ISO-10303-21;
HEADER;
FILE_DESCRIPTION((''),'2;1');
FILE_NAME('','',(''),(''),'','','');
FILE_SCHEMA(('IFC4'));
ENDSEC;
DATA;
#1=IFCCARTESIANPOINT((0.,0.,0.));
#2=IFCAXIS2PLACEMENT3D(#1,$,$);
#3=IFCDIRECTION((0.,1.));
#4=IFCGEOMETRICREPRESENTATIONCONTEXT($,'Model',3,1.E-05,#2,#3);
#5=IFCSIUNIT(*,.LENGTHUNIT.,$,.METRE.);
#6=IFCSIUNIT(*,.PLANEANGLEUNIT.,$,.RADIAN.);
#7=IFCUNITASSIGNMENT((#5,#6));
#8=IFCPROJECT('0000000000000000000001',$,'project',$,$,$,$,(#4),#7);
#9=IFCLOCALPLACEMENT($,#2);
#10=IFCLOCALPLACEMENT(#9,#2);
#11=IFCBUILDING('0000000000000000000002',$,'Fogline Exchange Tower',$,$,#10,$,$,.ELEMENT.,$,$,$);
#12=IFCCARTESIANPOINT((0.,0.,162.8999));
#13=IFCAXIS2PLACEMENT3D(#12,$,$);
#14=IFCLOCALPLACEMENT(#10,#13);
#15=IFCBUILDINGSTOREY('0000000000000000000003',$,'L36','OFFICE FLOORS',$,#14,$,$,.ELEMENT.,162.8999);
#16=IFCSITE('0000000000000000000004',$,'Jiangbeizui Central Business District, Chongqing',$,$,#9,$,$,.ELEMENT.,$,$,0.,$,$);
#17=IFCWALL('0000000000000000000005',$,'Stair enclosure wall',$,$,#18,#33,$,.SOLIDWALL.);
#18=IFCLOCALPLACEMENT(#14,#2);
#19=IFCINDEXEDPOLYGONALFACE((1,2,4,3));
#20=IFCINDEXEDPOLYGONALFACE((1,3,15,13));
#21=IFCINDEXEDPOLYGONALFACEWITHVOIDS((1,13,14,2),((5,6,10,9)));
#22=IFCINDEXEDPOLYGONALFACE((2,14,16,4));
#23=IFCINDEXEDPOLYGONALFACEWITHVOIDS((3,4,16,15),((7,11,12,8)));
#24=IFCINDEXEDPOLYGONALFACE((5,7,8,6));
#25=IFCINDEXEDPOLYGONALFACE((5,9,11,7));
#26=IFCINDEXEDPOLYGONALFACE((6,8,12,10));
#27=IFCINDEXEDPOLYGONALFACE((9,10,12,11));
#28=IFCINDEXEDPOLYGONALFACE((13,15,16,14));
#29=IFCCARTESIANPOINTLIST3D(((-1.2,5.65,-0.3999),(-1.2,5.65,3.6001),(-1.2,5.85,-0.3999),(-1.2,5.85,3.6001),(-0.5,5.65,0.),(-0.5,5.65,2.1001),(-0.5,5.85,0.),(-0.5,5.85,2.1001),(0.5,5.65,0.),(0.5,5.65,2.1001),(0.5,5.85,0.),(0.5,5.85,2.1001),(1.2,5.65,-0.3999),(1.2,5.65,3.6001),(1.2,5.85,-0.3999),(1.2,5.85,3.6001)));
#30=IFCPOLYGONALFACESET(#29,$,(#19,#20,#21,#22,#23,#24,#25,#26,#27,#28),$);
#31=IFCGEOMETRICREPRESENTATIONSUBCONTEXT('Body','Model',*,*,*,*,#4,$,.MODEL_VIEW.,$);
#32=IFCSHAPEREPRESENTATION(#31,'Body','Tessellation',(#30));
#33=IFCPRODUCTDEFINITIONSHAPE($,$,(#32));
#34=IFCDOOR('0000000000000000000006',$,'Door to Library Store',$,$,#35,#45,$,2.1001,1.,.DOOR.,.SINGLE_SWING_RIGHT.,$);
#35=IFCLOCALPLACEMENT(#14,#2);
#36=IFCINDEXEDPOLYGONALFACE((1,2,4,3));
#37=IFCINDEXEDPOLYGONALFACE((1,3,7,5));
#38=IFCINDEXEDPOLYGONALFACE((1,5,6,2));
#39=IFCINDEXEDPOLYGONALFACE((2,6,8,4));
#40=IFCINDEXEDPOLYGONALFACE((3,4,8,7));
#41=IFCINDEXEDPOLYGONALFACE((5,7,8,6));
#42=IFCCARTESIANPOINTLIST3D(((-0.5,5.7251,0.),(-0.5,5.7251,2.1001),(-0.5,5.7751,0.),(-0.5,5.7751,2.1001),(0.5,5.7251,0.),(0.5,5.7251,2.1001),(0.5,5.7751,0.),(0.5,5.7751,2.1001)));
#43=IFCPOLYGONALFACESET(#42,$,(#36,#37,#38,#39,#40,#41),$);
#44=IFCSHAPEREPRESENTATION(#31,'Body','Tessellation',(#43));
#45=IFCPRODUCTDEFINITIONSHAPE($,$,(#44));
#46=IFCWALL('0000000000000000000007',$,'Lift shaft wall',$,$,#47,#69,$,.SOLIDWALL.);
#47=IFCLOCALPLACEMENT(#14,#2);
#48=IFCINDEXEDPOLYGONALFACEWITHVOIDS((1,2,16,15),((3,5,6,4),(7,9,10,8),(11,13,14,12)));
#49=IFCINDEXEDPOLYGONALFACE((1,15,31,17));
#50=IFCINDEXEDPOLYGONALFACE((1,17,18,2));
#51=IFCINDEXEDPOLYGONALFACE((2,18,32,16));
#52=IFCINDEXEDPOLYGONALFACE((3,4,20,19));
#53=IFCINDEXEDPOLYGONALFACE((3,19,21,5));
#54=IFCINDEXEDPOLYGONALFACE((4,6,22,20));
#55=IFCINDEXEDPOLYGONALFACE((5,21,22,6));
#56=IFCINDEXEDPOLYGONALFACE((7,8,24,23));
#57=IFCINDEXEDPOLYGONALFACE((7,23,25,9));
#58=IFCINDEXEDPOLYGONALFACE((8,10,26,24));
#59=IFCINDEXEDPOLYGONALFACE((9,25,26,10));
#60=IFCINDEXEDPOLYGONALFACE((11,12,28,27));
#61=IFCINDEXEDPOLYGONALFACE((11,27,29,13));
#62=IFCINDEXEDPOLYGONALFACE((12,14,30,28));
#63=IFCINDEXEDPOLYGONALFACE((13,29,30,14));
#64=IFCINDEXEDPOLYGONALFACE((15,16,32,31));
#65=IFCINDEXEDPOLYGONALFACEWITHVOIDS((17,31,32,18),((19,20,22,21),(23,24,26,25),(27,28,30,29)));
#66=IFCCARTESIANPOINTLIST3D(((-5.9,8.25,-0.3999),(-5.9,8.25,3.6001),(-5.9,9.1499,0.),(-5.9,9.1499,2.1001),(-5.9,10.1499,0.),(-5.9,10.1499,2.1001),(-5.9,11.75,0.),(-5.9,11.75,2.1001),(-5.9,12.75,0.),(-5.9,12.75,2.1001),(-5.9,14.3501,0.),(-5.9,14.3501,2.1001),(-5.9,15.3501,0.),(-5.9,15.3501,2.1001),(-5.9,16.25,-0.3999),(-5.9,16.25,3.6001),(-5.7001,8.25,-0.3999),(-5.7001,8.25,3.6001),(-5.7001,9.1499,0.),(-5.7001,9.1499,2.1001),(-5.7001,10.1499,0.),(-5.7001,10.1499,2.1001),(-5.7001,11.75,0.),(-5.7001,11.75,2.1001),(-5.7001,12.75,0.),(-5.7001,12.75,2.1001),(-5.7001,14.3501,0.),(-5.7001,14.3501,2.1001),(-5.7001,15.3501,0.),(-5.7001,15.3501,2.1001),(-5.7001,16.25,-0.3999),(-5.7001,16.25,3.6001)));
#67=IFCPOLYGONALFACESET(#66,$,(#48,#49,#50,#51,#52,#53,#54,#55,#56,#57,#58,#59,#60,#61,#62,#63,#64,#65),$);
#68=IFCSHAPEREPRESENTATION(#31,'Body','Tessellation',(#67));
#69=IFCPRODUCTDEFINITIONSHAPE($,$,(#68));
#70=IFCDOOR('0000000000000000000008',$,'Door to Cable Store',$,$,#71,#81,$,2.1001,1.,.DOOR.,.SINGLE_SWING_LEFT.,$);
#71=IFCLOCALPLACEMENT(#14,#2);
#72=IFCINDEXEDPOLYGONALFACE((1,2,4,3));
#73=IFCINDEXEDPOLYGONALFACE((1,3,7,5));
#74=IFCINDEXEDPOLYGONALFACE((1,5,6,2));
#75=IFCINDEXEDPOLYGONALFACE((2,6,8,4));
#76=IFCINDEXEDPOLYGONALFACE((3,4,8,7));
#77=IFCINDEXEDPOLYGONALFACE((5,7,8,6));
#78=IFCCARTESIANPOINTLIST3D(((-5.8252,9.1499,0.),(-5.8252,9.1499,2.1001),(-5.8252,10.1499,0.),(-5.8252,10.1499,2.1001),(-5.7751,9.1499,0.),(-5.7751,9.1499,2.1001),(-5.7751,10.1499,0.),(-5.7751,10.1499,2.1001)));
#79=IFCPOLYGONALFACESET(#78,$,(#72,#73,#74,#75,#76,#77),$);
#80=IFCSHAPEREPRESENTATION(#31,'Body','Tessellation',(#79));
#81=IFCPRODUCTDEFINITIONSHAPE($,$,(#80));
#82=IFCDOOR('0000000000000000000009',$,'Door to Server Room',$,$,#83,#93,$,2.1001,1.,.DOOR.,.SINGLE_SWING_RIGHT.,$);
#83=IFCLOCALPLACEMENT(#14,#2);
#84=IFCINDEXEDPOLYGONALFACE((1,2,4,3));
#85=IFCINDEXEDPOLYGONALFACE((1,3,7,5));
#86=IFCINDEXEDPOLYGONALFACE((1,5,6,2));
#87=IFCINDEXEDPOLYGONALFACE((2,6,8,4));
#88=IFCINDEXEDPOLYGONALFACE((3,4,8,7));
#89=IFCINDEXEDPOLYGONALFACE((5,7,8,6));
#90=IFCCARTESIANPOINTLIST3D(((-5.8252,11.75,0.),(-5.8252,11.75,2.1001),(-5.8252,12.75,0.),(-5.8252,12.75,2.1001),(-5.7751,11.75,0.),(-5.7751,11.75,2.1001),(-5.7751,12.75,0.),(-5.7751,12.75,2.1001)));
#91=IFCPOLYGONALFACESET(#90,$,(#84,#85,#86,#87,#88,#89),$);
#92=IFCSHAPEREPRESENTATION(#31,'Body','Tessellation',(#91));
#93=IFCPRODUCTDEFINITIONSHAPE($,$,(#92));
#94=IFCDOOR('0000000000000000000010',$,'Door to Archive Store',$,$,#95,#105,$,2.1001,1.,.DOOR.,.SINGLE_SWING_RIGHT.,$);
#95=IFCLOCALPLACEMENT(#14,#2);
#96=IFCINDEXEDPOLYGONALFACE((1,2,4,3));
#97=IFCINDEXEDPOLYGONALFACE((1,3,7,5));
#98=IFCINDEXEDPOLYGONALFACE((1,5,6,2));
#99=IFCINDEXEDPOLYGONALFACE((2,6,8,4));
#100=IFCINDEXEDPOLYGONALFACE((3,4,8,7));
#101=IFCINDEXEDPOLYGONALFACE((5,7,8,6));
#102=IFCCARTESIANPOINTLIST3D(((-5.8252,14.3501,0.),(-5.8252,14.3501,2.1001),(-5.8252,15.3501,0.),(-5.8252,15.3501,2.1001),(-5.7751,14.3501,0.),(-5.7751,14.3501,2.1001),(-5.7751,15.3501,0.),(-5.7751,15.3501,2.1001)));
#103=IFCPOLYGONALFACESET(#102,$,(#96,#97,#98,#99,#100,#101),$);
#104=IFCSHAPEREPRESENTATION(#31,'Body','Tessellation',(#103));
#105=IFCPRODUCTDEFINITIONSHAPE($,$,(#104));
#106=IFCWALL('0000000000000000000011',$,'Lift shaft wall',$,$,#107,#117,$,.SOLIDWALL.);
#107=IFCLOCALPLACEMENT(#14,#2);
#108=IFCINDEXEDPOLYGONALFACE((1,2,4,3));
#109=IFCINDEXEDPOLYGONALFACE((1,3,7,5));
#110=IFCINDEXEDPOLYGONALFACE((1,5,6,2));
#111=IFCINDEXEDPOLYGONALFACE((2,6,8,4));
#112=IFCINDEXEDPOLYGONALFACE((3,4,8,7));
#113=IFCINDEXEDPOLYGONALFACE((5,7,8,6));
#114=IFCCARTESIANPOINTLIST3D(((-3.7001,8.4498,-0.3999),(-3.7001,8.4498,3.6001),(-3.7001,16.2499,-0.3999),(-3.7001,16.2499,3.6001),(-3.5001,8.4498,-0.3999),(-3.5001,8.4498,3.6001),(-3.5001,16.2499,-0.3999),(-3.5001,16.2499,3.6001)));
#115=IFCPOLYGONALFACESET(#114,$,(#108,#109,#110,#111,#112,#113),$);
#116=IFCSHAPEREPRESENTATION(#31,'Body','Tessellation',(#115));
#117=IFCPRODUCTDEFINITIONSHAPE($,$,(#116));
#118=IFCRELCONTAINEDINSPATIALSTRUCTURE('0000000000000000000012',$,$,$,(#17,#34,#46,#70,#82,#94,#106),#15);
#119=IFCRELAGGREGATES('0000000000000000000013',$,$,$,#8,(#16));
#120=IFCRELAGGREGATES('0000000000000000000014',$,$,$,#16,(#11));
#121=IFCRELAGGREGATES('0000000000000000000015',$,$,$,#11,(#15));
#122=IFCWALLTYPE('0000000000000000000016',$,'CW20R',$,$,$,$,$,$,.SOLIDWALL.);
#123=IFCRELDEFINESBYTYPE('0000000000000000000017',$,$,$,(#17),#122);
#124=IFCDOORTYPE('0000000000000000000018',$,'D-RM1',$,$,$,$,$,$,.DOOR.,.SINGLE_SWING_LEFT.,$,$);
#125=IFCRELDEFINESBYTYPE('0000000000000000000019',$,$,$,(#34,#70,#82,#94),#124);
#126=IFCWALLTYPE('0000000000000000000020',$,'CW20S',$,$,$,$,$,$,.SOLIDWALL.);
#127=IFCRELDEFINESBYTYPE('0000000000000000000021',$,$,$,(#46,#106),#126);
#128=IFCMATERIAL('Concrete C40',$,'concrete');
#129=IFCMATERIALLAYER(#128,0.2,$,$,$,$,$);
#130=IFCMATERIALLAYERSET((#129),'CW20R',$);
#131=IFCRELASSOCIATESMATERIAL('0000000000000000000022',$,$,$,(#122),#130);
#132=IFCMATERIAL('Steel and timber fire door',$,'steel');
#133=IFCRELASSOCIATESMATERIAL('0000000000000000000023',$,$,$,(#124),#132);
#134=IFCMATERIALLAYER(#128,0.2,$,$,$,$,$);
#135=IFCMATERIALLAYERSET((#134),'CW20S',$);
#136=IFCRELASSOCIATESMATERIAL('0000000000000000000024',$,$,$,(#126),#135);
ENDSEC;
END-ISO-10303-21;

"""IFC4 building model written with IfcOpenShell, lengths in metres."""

from ifc_helpers import new_model, si_unit, direction, frame, frame_2d, origin, place, context, subcontext, project, spatial, rectangle, extrude, material, layer, layer_set, type_object, element, fill, save


model = new_model("IFC4")

# Units and contexts
model_context = context("Model", 3, precision=1e-05, world=origin(), true_north=direction((0.0, 1.0)))
body_context = subcontext(model_context, "Body", "Model", "MODEL_VIEW")
ifc_project = project(units=[si_unit("LENGTHUNIT", "METRE"), si_unit("PLANEANGLEUNIT", "RADIAN")], contexts=[model_context])

# Site, building, storey
site_placement = place(None, origin())
site = spatial("IfcSite", under=ifc_project, at=site_placement, Name="Jiangbeizui Central Business District, Chongqing", CompositionType="ELEMENT", RefElevation=0.0)
building_placement = place(site_placement, origin())
building = spatial("IfcBuilding", under=site, at=building_placement, Name="Fogline Exchange Tower", CompositionType="ELEMENT")
storey_placement = place(building_placement, frame((0.0, 0.0, 162.8999)))
storey = spatial("IfcBuildingStorey", under=building, at=storey_placement, Name="L36", Description="OFFICE FLOORS", CompositionType="ELEMENT", Elevation=162.8999)

# Shared definitions
ifc_material_1 = material(Name="Steel and timber fire door", Category="steel")

# Shared definitions
ifc_material_2 = material(Name="Concrete C40", Category="concrete")

# Wall, opening, door
ifc_layer_1 = layer(ifc_material_2, 0.2)
ifc_layer_set_1 = layer_set([ifc_layer_1], Name="CW20R")
wall_type_1 = type_object("IfcWallType", Name="CW20R", PredefinedType="SOLIDWALL", material=ifc_layer_set_1)
wall_1_placement = place(storey_placement, frame((-1.2, 5.75, -0.3999), z_axis=(0.0, 0.0, 1.0), x_axis=(1.0, 0.0, 0.0)))
wall_1 = element("IfcWall", 1, at=wall_1_placement, inside=storey, type_object=wall_type_1, Name="Stair enclosure wall", PredefinedType="SOLIDWALL", context=body_context, shape_type="SweptSolid", body=[
    extrude(rectangle(XDim=2.3999, YDim=0.2, at=frame_2d((1.2, 0.0))), origin(), (0.0, 0.0, 1.0), 4.0),
])
opening_1_placement = place(wall_1_placement, frame((0.7, 0.0, 0.3999)))
opening_1 = element("IfcOpeningElement", 2, at=opening_1_placement, cuts=wall_1, PredefinedType="OPENING", context=body_context, shape_type="SweptSolid", body=[
    extrude(rectangle(XDim=1.0, YDim=2.1001, at=frame_2d((0.5, 1.05))), frame((0.0, 0.1099, 0.0), z_axis=(0.0, -1.0, 0.0), x_axis=(1.0, 0.0, 0.0)), (0.0, 0.0, 1.0), 0.22),
])
door_type_1 = type_object("IfcDoorType", Name="D-RM1", OperationType="SINGLE_SWING_LEFT", PredefinedType="DOOR", material=ifc_material_1)
door_1_placement = place(opening_1_placement, frame((1.0, 0.0, 0.0), z_axis=(0.0, 0.0, 1.0), x_axis=(-1.0, 0.0, 0.0)))
door_1 = element("IfcDoor", 3, at=door_1_placement, inside=storey, type_object=door_type_1, Name="Door to Library Store", OperationType="SINGLE_SWING_RIGHT", OverallHeight=2.1001, OverallWidth=1.0, PredefinedType="DOOR", context=body_context, shape_type="SweptSolid", body=[
    extrude(rectangle(XDim=1.0, YDim=2.1001, at=frame_2d((0.5, 1.05))), frame((0.0, 0.0249, 0.0), z_axis=(0.0, -1.0, 0.0), x_axis=(1.0, 0.0, 0.0)), (0.0, 0.0, 1.0), 0.05),
])
fill(opening_1, door_1)

# Wall, openings, doors
ifc_layer_2 = layer(ifc_material_2, 0.2)
ifc_layer_set_2 = layer_set([ifc_layer_2], Name="CW20S")
wall_type_2 = type_object("IfcWallType", Name="CW20S", PredefinedType="SOLIDWALL", material=ifc_layer_set_2)
wall_2_placement = place(storey_placement, frame((-5.8, 8.25, -0.3999), z_axis=(0.0, 0.0, 1.0), x_axis=(0.0, 1.0, 0.0)))
wall_2 = element("IfcWall", 4, at=wall_2_placement, inside=storey, type_object=wall_type_2, Name="Lift shaft wall", PredefinedType="SOLIDWALL", context=body_context, shape_type="SweptSolid", body=[
    extrude(rectangle(XDim=8.0, YDim=0.2, at=frame_2d((4.0, 0.0))), origin(), (0.0, 0.0, 1.0), 4.0),
])
opening_2_placement = place(wall_2_placement, frame((0.8999, 0.0, 0.3999)))
opening_2 = element("IfcOpeningElement", 5, at=opening_2_placement, cuts=wall_2, PredefinedType="OPENING", context=body_context, shape_type="SweptSolid", body=[
    extrude(rectangle(XDim=1.0, YDim=2.1001, at=frame_2d((0.5, 1.05))), frame((0.0, 0.1099, 0.0), z_axis=(0.0, -1.0, 0.0), x_axis=(1.0, 0.0, 0.0)), (0.0, 0.0, 1.0), 0.22),
])
opening_3_placement = place(wall_2_placement, frame((3.5, 0.0, 0.3999)))
opening_3 = element("IfcOpeningElement", 6, at=opening_3_placement, cuts=wall_2, PredefinedType="OPENING", context=body_context, shape_type="SweptSolid", body=[
    extrude(rectangle(XDim=1.0, YDim=2.1001, at=frame_2d((0.5, 1.05))), frame((0.0, 0.1099, 0.0), z_axis=(0.0, -1.0, 0.0), x_axis=(1.0, 0.0, 0.0)), (0.0, 0.0, 1.0), 0.22),
])
opening_4_placement = place(wall_2_placement, frame((6.1001, 0.0, 0.3999)))
opening_4 = element("IfcOpeningElement", 7, at=opening_4_placement, cuts=wall_2, PredefinedType="OPENING", context=body_context, shape_type="SweptSolid", body=[
    extrude(rectangle(XDim=1.0, YDim=2.1001, at=frame_2d((0.5, 1.05))), frame((0.0, 0.1099, 0.0), z_axis=(0.0, -1.0, 0.0), x_axis=(1.0, 0.0, 0.0)), (0.0, 0.0, 1.0), 0.22),
])
door_2_placement = place(opening_2_placement, frame((1.0, 0.0, 0.0), z_axis=(0.0, 0.0, 1.0), x_axis=(-1.0, 0.0, 0.0)))
door_2 = element("IfcDoor", 8, at=door_2_placement, inside=storey, type_object=door_type_1, Name="Door to Cable Store", OperationType="SINGLE_SWING_LEFT", OverallHeight=2.1001, OverallWidth=1.0, PredefinedType="DOOR", context=body_context, shape_type="SweptSolid", body=[
    extrude(rectangle(XDim=1.0, YDim=2.1001, at=frame_2d((0.5, 1.05))), frame((0.0, 0.0249, 0.0), z_axis=(0.0, -1.0, 0.0), x_axis=(1.0, 0.0, 0.0)), (0.0, 0.0, 1.0), 0.05),
])
fill(opening_2, door_2)
door_3_placement = place(opening_3_placement, frame((1.0, 0.0, 0.0), z_axis=(0.0, 0.0, 1.0), x_axis=(-1.0, 0.0, 0.0)))
door_3 = element("IfcDoor", 9, at=door_3_placement, inside=storey, type_object=door_type_1, Name="Door to Server Room", OperationType="SINGLE_SWING_RIGHT", OverallHeight=2.1001, OverallWidth=1.0, PredefinedType="DOOR", context=body_context, shape_type="SweptSolid", body=[
    extrude(rectangle(XDim=1.0, YDim=2.1001, at=frame_2d((0.5, 1.05))), frame((0.0, 0.0249, 0.0), z_axis=(0.0, -1.0, 0.0), x_axis=(1.0, 0.0, 0.0)), (0.0, 0.0, 1.0), 0.05),
])
fill(opening_3, door_3)
door_4_placement = place(opening_4_placement, frame((1.0, 0.0, 0.0), z_axis=(0.0, 0.0, 1.0), x_axis=(-1.0, 0.0, 0.0)))
door_4 = element("IfcDoor", 10, at=door_4_placement, inside=storey, type_object=door_type_1, Name="Door to Archive Store", OperationType="SINGLE_SWING_RIGHT", OverallHeight=2.1001, OverallWidth=1.0, PredefinedType="DOOR", context=body_context, shape_type="SweptSolid", body=[
    extrude(rectangle(XDim=1.0, YDim=2.1001, at=frame_2d((0.5, 1.05))), frame((0.0, 0.0249, 0.0), z_axis=(0.0, -1.0, 0.0), x_axis=(1.0, 0.0, 0.0)), (0.0, 0.0, 1.0), 0.05),
])
fill(opening_4, door_4)

# Wall
wall_3_placement = place(storey_placement, frame((-3.6001, 8.45, -0.3999), z_axis=(0.0, 0.0, 1.0), x_axis=(0.0, 1.0, 0.0)))
element("IfcWall", 11, at=wall_3_placement, inside=storey, type_object=wall_type_2, Name="Lift shaft wall", PredefinedType="SOLIDWALL", context=body_context, shape_type="SweptSolid", body=[
    extrude(rectangle(XDim=7.8, YDim=0.2, at=frame_2d((3.8999, 0.0))), origin(), (0.0, 0.0, 1.0), 4.0),
])

save(model, "model.ifc")
